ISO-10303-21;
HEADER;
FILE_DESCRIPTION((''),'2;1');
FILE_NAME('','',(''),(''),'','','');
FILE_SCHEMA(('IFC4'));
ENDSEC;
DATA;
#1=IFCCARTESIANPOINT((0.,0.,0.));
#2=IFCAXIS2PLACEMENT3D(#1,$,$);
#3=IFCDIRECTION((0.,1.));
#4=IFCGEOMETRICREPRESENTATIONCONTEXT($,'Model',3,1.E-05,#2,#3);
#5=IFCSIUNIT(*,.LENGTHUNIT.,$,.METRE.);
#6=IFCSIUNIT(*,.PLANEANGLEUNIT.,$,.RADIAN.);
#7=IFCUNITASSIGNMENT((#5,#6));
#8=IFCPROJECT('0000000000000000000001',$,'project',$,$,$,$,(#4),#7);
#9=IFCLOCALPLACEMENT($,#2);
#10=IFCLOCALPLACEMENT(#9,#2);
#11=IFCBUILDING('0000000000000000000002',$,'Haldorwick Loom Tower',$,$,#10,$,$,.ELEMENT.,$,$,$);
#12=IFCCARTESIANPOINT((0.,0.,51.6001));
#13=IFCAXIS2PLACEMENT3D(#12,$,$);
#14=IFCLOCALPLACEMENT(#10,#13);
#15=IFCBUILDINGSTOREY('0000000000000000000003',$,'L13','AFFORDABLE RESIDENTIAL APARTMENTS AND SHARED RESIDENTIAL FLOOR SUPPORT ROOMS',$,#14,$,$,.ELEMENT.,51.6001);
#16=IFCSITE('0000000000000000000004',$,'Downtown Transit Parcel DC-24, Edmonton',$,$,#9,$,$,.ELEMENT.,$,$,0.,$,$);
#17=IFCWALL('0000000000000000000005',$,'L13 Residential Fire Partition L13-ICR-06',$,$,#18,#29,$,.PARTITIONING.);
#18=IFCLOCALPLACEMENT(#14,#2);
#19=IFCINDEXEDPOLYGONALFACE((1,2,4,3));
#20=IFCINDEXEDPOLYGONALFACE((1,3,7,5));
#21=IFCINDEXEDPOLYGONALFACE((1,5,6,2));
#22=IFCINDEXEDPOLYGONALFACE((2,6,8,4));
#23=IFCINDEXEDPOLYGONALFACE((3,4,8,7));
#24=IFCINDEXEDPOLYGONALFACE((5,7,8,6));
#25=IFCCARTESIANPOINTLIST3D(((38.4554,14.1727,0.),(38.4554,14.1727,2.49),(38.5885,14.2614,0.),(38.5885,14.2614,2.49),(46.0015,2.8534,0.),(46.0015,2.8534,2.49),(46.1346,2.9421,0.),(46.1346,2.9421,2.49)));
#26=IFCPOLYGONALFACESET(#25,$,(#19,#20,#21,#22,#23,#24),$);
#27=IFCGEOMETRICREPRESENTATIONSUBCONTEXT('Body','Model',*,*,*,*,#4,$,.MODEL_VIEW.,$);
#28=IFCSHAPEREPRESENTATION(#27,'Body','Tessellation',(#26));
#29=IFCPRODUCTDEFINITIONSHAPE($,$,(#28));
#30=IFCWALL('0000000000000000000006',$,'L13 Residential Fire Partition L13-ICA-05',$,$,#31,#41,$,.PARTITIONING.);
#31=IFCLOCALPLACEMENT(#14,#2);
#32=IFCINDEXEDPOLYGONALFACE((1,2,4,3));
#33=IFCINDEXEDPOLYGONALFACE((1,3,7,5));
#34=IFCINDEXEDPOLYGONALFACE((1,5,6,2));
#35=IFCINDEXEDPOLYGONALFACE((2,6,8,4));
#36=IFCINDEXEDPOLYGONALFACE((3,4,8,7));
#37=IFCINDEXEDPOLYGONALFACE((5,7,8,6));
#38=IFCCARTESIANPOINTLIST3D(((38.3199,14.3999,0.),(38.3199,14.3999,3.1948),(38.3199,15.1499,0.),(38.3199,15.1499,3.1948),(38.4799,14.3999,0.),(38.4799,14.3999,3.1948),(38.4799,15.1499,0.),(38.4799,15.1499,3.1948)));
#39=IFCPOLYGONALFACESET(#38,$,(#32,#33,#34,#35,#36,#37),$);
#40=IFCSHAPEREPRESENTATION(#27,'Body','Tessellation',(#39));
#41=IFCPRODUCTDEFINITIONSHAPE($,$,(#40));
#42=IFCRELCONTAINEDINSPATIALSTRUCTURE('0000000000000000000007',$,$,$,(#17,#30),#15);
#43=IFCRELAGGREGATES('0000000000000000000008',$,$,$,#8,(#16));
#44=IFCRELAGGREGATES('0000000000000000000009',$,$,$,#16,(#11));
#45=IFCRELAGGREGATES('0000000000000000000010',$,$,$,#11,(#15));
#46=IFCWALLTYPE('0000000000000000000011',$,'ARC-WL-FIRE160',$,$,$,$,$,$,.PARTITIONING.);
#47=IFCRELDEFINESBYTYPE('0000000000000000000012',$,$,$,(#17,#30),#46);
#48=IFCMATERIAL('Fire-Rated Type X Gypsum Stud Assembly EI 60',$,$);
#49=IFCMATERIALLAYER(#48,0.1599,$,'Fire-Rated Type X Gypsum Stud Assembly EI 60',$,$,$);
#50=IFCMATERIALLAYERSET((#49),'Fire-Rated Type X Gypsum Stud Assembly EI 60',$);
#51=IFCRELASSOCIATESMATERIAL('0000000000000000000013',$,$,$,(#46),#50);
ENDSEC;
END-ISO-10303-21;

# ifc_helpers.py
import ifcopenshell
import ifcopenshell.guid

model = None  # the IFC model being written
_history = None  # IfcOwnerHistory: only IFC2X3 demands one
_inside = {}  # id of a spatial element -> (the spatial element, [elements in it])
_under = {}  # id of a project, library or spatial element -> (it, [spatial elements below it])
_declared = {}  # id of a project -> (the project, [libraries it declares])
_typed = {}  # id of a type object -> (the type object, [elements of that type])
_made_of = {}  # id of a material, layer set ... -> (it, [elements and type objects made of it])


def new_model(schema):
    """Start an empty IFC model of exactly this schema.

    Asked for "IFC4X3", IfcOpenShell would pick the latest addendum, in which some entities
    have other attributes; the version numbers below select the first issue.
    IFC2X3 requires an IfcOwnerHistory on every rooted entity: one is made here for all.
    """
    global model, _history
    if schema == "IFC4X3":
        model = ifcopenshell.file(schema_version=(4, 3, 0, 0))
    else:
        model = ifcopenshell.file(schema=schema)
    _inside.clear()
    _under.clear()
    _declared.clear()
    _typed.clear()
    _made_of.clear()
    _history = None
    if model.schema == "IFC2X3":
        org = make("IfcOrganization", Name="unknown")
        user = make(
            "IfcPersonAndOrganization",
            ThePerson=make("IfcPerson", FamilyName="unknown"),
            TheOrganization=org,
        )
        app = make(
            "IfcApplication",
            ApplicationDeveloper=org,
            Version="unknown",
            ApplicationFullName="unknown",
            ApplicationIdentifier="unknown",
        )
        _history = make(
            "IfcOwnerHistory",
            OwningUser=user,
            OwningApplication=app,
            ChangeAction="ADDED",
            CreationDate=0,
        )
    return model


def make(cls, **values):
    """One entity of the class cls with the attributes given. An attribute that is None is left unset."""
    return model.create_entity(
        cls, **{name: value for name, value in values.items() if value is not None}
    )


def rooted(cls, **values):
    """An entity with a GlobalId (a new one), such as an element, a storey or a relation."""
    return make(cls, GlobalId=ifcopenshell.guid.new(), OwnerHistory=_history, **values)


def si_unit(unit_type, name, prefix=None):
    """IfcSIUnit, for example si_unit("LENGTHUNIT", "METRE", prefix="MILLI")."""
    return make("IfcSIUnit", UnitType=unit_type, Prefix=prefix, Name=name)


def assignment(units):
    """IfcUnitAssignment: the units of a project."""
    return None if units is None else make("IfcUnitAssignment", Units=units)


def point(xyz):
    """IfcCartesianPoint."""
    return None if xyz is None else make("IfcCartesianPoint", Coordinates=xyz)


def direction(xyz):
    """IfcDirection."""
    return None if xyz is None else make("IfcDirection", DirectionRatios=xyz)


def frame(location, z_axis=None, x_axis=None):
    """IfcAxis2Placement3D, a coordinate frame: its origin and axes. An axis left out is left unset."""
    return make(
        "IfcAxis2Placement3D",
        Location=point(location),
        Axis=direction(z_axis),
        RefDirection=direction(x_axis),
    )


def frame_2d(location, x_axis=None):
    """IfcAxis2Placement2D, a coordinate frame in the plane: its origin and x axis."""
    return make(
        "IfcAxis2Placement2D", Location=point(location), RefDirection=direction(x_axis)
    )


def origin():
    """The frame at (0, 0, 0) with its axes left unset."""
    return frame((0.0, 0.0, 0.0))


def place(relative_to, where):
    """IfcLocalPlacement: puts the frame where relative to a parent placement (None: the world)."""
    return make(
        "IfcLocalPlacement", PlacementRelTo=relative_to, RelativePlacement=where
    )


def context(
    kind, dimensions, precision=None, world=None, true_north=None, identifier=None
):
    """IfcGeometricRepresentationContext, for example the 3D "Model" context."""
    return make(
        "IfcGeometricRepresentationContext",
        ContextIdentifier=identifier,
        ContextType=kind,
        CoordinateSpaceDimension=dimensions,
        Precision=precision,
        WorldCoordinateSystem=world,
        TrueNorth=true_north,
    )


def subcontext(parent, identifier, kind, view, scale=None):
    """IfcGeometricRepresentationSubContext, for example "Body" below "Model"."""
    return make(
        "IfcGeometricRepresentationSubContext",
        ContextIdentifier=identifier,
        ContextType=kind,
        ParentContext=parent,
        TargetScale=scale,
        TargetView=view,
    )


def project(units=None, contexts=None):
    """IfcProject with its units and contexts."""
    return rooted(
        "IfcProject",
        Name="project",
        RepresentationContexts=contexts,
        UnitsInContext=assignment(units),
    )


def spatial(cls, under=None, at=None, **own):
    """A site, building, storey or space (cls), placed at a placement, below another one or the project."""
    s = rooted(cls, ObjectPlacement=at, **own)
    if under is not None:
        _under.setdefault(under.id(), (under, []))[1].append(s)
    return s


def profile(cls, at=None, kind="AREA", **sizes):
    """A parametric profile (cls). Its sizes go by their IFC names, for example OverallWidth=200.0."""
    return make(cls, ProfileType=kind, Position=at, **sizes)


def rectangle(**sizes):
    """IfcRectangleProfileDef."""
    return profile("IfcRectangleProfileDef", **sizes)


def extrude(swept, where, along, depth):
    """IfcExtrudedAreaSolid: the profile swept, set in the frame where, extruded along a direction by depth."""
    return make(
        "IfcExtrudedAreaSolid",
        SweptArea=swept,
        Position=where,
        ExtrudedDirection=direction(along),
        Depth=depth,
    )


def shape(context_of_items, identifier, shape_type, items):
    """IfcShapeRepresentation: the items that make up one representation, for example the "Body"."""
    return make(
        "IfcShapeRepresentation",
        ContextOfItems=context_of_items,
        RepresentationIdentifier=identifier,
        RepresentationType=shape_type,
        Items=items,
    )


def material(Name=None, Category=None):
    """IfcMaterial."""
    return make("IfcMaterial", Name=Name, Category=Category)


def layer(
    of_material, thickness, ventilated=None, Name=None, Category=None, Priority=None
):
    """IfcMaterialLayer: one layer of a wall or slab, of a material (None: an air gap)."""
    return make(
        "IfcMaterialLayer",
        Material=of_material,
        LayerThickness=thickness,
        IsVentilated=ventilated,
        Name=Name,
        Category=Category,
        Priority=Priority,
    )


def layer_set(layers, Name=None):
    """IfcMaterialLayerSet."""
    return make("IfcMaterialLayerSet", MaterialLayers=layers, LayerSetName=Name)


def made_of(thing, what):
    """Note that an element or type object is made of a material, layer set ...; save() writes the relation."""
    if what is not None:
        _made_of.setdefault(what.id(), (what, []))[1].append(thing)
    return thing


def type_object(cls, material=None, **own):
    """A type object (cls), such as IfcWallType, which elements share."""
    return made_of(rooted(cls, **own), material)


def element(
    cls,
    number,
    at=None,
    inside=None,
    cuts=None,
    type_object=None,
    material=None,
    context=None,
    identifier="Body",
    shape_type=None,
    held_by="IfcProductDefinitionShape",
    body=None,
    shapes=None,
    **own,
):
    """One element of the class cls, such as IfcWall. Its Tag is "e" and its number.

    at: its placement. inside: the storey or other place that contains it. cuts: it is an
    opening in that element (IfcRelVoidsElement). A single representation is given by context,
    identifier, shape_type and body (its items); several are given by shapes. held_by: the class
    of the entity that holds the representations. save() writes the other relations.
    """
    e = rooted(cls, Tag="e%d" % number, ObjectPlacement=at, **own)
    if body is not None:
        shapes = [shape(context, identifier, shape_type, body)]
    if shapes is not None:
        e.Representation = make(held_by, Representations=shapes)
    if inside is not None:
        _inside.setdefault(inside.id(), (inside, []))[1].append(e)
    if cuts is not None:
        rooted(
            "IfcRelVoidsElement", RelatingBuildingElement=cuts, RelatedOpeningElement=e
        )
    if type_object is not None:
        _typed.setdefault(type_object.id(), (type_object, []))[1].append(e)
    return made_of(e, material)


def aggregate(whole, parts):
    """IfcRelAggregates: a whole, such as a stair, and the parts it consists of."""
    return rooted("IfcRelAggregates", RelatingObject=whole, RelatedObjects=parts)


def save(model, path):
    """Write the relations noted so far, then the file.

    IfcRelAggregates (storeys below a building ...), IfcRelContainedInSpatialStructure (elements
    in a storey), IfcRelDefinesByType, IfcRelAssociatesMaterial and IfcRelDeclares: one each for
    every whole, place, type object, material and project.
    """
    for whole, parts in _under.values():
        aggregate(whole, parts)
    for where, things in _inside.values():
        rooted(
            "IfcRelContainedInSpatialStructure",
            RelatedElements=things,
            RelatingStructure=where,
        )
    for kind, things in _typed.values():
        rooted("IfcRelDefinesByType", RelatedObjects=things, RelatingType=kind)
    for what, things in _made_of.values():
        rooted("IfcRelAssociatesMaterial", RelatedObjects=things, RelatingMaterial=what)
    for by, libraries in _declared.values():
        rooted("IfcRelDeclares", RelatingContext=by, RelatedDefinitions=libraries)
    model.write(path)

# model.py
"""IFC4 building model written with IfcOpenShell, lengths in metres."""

from ifc_helpers import new_model, si_unit, direction, frame, frame_2d, origin, place, context, subcontext, project, spatial, rectangle, extrude, material, layer, layer_set, type_object, element, save


model = new_model("IFC4")

# Units and contexts
model_context = context("Model", 3, precision=1e-05, world=origin(), true_north=direction((0.0, 1.0)))
body_context = subcontext(model_context, "Body", "Model", "MODEL_VIEW")
ifc_project = project(units=[si_unit("LENGTHUNIT", "METRE"), si_unit("PLANEANGLEUNIT", "RADIAN")], contexts=[model_context])

# Site, building, storey
site_placement = place(None, origin())
site = spatial("IfcSite", under=ifc_project, at=site_placement, Name="Downtown Transit Parcel DC-24, Edmonton", CompositionType="ELEMENT", RefElevation=0.0)
building_placement = place(site_placement, origin())
building = spatial("IfcBuilding", under=site, at=building_placement, Name="Haldorwick Loom Tower", CompositionType="ELEMENT")
storey_placement = place(building_placement, frame((0.0, 0.0, 51.6001)))
storey = spatial("IfcBuildingStorey", under=building, at=storey_placement, Name="L13", Description="AFFORDABLE RESIDENTIAL APARTMENTS AND SHARED RESIDENTIAL FLOOR SUPPORT ROOMS", CompositionType="ELEMENT", Elevation=51.6001)

# Walls
ifc_material_1 = material(Name="Fire-Rated Type X Gypsum Stud Assembly EI 60")
ifc_layer_1 = layer(ifc_material_1, 0.1599, Name="Fire-Rated Type X Gypsum Stud Assembly EI 60")
ifc_layer_set_1 = layer_set([ifc_layer_1], Name="Fire-Rated Type X Gypsum Stud Assembly EI 60")
wall_type_1 = type_object("IfcWallType", Name="ARC-WL-FIRE160", PredefinedType="PARTITIONING", material=ifc_layer_set_1)
wall_1_placement = place(storey_placement, frame((38.522, 14.217, 0.0), z_axis=(0.0, 0.0, 1.0), x_axis=(0.554696, -0.832053, 0.0)))
element("IfcWall", 1, at=wall_1_placement, inside=storey, type_object=wall_type_1, Name="L13 Residential Fire Partition L13-ICR-06", PredefinedType="PARTITIONING", context=body_context, shape_type="SweptSolid", body=[
    extrude(rectangle(XDim=13.604, YDim=0.1599, at=frame_2d((6.802, 0.0))), origin(), (0.0, 0.0, 1.0), 2.49),
])
wall_2_placement = place(storey_placement, frame((38.3999, 15.1499, 0.0), z_axis=(0.0, 0.0, 1.0), x_axis=(0.0, -1.0, 0.0)))
element("IfcWall", 2, at=wall_2_placement, inside=storey, type_object=wall_type_1, Name="L13 Residential Fire Partition L13-ICA-05", PredefinedType="PARTITIONING", context=body_context, shape_type="SweptSolid", body=[
    extrude(rectangle(XDim=0.75, YDim=0.1599, at=frame_2d((0.375, 0.0))), origin(), (0.0, 0.0, 1.0), 3.1948),
])

save(model, "model.ifc")
